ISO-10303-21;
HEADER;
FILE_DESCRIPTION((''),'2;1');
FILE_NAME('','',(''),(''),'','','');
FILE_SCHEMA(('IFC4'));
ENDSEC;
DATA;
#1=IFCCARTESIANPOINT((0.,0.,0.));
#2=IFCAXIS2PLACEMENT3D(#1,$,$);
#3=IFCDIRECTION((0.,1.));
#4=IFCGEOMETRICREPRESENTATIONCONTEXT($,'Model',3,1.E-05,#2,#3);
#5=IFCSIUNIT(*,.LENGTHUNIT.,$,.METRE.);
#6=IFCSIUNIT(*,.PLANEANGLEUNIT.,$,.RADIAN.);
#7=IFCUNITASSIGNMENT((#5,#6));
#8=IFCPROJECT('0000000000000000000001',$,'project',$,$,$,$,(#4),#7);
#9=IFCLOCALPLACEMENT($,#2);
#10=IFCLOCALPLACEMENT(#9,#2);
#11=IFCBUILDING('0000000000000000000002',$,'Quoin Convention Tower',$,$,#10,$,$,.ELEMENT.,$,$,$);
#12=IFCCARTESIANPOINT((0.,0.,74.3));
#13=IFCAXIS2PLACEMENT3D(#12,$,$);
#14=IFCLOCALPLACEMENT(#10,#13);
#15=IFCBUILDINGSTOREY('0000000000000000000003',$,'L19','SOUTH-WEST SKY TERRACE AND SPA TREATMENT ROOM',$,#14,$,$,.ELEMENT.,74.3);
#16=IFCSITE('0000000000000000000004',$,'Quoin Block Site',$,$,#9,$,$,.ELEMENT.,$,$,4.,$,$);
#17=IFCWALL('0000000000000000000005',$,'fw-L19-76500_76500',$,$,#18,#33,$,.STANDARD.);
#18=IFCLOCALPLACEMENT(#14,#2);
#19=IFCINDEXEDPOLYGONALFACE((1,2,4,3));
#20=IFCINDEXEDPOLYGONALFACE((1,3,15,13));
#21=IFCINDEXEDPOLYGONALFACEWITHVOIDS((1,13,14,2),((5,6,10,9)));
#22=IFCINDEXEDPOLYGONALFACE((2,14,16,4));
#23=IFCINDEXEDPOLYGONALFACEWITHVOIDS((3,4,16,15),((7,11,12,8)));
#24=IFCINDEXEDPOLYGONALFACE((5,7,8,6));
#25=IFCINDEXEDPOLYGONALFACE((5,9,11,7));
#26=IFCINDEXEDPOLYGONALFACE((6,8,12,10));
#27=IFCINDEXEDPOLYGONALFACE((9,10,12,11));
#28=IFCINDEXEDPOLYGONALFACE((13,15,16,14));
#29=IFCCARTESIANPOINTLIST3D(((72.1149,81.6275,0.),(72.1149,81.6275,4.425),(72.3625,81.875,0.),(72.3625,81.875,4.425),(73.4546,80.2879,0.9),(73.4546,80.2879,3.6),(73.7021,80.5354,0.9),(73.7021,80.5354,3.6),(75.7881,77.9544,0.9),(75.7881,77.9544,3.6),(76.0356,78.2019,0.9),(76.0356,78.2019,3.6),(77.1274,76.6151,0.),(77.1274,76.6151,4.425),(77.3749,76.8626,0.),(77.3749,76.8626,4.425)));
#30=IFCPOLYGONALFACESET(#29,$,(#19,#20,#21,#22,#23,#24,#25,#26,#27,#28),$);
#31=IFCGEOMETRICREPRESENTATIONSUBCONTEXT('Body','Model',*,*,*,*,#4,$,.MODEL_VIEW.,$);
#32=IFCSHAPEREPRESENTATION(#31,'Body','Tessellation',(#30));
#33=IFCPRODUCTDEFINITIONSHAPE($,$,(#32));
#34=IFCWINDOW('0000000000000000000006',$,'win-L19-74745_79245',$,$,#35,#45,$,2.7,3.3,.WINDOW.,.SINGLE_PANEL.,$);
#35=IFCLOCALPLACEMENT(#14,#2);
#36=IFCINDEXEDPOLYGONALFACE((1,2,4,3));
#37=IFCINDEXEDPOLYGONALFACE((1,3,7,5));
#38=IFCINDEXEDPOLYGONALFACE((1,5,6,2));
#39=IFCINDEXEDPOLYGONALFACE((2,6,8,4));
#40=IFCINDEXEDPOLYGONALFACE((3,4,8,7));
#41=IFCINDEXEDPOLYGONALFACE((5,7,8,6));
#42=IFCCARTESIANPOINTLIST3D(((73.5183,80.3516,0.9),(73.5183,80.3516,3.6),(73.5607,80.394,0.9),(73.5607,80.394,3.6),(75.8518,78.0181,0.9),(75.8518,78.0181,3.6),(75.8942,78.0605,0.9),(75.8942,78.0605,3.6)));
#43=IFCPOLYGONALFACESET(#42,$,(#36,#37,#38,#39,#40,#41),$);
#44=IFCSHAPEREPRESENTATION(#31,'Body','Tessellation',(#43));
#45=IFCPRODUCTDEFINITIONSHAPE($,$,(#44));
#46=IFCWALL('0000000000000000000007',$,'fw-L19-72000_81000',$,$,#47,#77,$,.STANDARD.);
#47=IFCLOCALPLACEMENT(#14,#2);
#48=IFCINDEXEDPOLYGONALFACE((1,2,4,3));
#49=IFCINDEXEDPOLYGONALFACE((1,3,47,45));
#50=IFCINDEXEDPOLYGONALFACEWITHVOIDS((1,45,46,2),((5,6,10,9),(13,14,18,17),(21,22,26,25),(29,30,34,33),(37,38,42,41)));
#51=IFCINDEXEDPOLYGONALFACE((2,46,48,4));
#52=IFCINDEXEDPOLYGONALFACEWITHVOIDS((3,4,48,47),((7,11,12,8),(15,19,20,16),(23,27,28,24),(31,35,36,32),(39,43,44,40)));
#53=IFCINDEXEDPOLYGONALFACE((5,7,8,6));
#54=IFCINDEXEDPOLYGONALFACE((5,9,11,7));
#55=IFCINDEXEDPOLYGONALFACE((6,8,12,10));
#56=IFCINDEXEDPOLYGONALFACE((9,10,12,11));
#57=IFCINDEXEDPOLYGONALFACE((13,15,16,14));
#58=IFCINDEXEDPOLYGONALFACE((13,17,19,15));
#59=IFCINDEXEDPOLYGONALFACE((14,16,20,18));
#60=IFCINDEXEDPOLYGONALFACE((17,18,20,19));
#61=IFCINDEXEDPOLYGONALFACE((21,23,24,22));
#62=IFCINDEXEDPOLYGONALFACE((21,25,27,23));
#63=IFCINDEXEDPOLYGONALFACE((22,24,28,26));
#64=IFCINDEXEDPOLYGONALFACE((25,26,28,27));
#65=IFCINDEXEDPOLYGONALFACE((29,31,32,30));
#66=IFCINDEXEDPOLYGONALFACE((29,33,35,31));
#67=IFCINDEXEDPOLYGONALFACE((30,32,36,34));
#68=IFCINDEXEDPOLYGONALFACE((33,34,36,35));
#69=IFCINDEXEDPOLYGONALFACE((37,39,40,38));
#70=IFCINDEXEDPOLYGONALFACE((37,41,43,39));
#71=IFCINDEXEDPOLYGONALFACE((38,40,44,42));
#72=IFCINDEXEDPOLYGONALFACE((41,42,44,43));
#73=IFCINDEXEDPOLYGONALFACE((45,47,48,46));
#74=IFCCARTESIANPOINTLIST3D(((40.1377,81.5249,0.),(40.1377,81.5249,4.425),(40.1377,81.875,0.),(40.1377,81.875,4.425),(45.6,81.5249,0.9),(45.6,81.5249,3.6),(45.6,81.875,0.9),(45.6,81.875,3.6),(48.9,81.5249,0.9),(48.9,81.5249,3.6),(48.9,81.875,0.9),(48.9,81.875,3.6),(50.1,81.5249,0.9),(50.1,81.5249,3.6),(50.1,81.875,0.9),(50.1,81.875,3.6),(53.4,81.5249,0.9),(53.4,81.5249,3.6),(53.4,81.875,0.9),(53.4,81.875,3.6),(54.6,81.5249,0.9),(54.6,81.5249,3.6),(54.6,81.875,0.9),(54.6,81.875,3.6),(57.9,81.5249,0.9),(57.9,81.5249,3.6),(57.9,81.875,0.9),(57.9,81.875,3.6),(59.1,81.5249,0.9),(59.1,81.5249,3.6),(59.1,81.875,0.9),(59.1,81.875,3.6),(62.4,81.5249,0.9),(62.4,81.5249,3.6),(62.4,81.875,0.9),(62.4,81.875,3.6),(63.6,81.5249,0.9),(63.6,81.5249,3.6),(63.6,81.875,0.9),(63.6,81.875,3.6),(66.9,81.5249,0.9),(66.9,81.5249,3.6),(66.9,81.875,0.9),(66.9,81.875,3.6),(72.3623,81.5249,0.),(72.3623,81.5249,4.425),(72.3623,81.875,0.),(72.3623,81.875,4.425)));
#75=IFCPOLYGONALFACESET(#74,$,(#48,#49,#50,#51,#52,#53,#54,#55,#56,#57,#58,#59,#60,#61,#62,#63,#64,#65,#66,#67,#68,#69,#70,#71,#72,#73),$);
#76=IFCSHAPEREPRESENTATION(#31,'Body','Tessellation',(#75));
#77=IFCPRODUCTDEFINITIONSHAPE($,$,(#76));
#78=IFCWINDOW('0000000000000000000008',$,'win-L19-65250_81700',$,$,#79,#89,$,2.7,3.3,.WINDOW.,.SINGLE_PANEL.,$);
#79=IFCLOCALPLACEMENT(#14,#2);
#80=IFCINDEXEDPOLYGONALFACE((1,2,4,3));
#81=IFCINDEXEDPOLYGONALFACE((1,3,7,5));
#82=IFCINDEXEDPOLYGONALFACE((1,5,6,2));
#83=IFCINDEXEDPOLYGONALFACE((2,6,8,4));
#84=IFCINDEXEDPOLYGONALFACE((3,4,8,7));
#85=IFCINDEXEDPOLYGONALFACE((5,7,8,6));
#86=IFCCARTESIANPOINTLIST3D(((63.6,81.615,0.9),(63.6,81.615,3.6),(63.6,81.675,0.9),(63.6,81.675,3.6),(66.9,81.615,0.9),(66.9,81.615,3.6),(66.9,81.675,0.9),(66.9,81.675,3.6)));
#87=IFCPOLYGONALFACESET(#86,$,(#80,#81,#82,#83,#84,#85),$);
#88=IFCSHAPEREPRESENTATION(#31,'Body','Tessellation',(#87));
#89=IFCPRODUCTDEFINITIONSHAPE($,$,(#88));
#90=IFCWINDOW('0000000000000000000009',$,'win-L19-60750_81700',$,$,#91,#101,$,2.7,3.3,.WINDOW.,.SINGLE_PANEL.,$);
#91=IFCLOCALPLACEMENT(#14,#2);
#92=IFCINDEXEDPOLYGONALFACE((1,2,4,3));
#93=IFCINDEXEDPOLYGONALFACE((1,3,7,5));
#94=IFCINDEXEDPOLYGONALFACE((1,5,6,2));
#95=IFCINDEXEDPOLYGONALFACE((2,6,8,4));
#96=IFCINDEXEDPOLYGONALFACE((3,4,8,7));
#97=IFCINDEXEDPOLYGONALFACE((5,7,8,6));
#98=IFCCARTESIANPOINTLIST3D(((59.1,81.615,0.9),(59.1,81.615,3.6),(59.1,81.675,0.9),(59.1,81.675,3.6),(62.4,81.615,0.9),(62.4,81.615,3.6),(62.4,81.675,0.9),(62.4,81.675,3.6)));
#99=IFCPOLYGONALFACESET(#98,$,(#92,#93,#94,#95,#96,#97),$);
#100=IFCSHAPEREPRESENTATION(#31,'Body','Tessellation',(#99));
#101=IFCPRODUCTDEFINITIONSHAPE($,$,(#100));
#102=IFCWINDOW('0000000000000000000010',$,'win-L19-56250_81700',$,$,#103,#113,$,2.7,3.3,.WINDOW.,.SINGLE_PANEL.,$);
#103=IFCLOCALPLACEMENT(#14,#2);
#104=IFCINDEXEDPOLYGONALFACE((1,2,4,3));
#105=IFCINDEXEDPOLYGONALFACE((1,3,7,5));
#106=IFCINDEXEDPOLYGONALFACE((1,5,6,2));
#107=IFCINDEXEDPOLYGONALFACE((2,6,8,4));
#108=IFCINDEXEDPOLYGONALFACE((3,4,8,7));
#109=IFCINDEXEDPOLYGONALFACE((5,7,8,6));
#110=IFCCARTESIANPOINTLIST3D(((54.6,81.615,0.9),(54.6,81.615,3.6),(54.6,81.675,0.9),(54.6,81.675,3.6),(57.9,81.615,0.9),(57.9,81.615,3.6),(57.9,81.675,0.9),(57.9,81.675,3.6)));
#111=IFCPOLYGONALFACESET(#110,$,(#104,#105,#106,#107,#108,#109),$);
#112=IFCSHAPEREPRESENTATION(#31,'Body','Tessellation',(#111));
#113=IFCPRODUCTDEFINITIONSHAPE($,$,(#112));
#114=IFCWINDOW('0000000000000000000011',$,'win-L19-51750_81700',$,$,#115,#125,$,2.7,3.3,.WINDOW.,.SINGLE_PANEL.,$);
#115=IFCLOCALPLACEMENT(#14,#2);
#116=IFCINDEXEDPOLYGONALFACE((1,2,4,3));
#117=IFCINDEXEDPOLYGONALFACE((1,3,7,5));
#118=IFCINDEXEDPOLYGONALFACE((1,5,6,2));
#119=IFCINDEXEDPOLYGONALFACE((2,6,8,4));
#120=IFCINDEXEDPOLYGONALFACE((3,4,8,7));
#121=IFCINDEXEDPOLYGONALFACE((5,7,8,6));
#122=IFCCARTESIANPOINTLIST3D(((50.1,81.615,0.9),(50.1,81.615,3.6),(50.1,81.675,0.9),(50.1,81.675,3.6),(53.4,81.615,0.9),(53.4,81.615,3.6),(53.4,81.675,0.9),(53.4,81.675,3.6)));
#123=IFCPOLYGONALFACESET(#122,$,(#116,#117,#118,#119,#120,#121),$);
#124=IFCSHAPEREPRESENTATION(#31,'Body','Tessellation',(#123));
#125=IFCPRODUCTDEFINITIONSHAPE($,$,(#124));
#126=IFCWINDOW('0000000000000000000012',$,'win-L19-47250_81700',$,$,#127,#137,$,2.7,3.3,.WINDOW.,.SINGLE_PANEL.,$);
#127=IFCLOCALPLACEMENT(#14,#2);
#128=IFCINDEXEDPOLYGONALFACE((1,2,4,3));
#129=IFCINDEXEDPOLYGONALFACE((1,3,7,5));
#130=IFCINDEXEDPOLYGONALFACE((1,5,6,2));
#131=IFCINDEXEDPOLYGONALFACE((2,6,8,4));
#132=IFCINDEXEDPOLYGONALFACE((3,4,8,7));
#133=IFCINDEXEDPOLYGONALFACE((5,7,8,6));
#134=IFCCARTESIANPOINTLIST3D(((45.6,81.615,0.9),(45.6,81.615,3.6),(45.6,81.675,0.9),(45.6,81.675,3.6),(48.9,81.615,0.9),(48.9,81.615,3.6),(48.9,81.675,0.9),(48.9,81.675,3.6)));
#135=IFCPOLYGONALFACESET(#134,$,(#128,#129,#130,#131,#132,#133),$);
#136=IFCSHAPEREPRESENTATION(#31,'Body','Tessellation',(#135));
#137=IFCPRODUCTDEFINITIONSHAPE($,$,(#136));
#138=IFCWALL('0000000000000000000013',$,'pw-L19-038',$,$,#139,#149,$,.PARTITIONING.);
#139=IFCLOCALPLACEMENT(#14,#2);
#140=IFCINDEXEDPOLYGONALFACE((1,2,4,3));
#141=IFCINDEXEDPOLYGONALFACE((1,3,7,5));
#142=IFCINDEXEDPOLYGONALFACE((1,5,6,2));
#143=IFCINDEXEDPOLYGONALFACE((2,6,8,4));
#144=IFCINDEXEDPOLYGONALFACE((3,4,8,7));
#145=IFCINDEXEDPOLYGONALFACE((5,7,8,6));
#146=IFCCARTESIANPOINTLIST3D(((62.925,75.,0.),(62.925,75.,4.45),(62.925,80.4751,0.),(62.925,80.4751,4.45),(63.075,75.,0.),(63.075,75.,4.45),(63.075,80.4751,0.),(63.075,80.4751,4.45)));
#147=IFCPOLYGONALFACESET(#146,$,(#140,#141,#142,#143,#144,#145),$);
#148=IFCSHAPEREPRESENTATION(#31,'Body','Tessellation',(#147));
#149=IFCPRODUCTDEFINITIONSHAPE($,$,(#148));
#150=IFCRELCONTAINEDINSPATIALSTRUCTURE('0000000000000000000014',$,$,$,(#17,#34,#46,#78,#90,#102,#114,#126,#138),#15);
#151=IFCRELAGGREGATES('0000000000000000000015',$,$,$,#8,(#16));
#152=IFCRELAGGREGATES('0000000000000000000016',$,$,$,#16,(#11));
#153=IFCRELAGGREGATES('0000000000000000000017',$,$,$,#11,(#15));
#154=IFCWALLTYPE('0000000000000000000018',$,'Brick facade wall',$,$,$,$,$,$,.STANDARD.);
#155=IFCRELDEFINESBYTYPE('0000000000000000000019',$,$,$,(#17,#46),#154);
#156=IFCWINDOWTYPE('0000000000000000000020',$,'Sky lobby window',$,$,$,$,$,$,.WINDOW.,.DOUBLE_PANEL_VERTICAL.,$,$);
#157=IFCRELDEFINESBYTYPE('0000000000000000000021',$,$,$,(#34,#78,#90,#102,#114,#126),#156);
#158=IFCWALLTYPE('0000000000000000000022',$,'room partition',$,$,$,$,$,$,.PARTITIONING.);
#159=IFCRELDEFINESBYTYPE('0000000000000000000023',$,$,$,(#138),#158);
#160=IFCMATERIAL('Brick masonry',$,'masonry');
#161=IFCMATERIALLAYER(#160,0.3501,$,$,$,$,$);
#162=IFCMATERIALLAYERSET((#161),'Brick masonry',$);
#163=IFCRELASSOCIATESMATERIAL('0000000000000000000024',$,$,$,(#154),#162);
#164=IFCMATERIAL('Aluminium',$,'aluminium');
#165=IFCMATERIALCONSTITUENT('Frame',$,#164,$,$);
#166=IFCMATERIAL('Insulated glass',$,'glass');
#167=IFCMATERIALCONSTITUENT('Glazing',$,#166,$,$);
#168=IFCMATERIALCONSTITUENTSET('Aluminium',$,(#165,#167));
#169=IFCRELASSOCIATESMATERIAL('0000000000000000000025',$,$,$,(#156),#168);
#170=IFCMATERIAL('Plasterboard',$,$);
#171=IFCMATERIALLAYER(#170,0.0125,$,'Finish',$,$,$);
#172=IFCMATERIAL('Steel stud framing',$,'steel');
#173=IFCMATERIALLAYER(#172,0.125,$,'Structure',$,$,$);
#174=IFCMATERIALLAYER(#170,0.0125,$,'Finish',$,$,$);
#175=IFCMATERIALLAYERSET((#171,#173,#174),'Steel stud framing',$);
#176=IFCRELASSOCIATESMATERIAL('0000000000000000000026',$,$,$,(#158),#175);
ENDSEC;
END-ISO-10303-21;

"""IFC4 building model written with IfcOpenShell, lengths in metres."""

from ifc_helpers import new_model, si_unit, direction, frame, frame_2d, origin, place, context, subcontext, project, spatial, rectangle, extrude, material, layer, layer_set, constituent, constituent_set, type_object, element, fill, save


model = new_model("IFC4")

# Units and contexts
model_context = context("Model", 3, precision=1e-05, world=origin(), true_north=direction((0.0, 1.0)))
body_context = subcontext(model_context, "Body", "Model", "MODEL_VIEW")
ifc_project = project(units=[si_unit("LENGTHUNIT", "METRE"), si_unit("PLANEANGLEUNIT", "RADIAN")], contexts=[model_context])

# Site, building, storey
site_placement = place(None, origin())
site = spatial("IfcSite", under=ifc_project, at=site_placement, Name="Quoin Block Site", CompositionType="ELEMENT", RefElevation=4.0)
building_placement = place(site_placement, origin())
building = spatial("IfcBuilding", under=site, at=building_placement, Name="Quoin Convention Tower", CompositionType="ELEMENT")
storey_placement = place(building_placement, frame((0.0, 0.0, 74.3)))
storey = spatial("IfcBuildingStorey", under=building, at=storey_placement, Name="L19", Description="SOUTH-WEST SKY TERRACE AND SPA TREATMENT ROOM", CompositionType="ELEMENT", Elevation=74.3)

# Wall, opening, window
ifc_material_1 = material(Name="Brick masonry", Category="masonry")
ifc_layer_1 = layer(ifc_material_1, 0.3501)
ifc_layer_set_1 = layer_set([ifc_layer_1], Name="Brick masonry")
wall_type_1 = type_object("IfcWallType", Name="Brick facade wall", PredefinedType="STANDARD", material=ifc_layer_set_1)
wall_1_placement = place(storey_placement, frame((77.2512, 76.7388, 0.0), z_axis=(0.0, 0.0, 1.0), x_axis=(-0.707107, 0.707107, 0.0)))
wall_1 = element("IfcWall", 1, at=wall_1_placement, inside=storey, type_object=wall_type_1, Name="fw-L19-76500_76500", PredefinedType="STANDARD", context=body_context, shape_type="SweptSolid", body=[
    extrude(rectangle(XDim=7.0886, YDim=0.3501, at=frame_2d((3.5444, 0.0))), origin(), (0.0, 0.0, 1.0), 4.425),
])
opening_1_placement = place(wall_1_placement, frame((1.8943, 0.0, 0.8999)))
opening_1 = element("IfcOpeningElement", 2, at=opening_1_placement, cuts=wall_1, PredefinedType="OPENING", context=body_context, shape_type="SweptSolid", body=[
    extrude(rectangle(XDim=3.3, YDim=2.7, at=frame_2d((1.6499, 1.3501))), frame((0.0, 0.1851, 0.0), z_axis=(0.0, -1.0, 0.0), x_axis=(1.0, 0.0, 0.0)), (0.0, 0.0, 1.0), 0.3701),
])
ifc_material_2 = material(Name="Aluminium", Category="aluminium")
ifc_constituent_1 = constituent(ifc_material_2, Name="Frame")
ifc_material_3 = material(Name="Insulated glass", Category="glass")
ifc_constituent_2 = constituent(ifc_material_3, Name="Glazing")
ifc_constituent_set = constituent_set(constituents=[ifc_constituent_1, ifc_constituent_2], Name="Aluminium")
window_type = type_object("IfcWindowType", Name="Sky lobby window", PartitioningType="DOUBLE_PANEL_VERTICAL", PredefinedType="WINDOW", material=ifc_constituent_set)
window_1_placement = place(opening_1_placement, origin())
window_1 = element("IfcWindow", 3, at=window_1_placement, inside=storey, type_object=window_type, Name="win-L19-74745_79245", OverallHeight=2.7, OverallWidth=3.3, PartitioningType="SINGLE_PANEL", PredefinedType="WINDOW", context=body_context, shape_type="SweptSolid", body=[
    extrude(rectangle(XDim=3.3, YDim=2.7, at=frame_2d((1.6499, 1.3501))), frame((0.0, 0.085, 0.0), z_axis=(0.0, -1.0, 0.0), x_axis=(1.0, 0.0, 0.0)), (0.0, 0.0, 1.0), 0.0601),
])
fill(opening_1, window_1)

# Wall, openings, windows
wall_2_placement = place(storey_placement, frame((72.3623, 81.7, 0.0), z_axis=(0.0, 0.0, 1.0), x_axis=(-1.0, 0.0, 0.0)))
wall_2 = element("IfcWall", 4, at=wall_2_placement, inside=storey, type_object=wall_type_1, Name="fw-L19-72000_81000", PredefinedType="STANDARD", context=body_context, shape_type="SweptSolid", body=[
    extrude(rectangle(XDim=32.2246, YDim=0.3501, at=frame_2d((16.1123, 0.0))), origin(), (0.0, 0.0, 1.0), 4.425),
])
opening_2_placement = place(wall_2_placement, frame((5.4624, 0.0, 0.8999)))
opening_2 = element("IfcOpeningElement", 5, at=opening_2_placement, cuts=wall_2, PredefinedType="OPENING", context=body_context, shape_type="SweptSolid", body=[
    extrude(rectangle(XDim=3.3, YDim=2.7, at=frame_2d((1.6499, 1.3501))), frame((0.0, 0.1851, 0.0), z_axis=(0.0, -1.0, 0.0), x_axis=(1.0, 0.0, 0.0)), (0.0, 0.0, 1.0), 0.3701),
])
opening_3_placement = place(wall_2_placement, frame((9.9624, 0.0, 0.8999)))
opening_3 = element("IfcOpeningElement", 6, at=opening_3_placement, cuts=wall_2, PredefinedType="OPENING", context=body_context, shape_type="SweptSolid", body=[
    extrude(rectangle(XDim=3.3, YDim=2.7, at=frame_2d((1.6499, 1.3501))), frame((0.0, 0.1851, 0.0), z_axis=(0.0, -1.0, 0.0), x_axis=(1.0, 0.0, 0.0)), (0.0, 0.0, 1.0), 0.3701),
])
opening_4_placement = place(wall_2_placement, frame((14.4624, 0.0, 0.8999)))
opening_4 = element("IfcOpeningElement", 7, at=opening_4_placement, cuts=wall_2, PredefinedType="OPENING", context=body_context, shape_type="SweptSolid", body=[
    extrude(rectangle(XDim=3.3, YDim=2.7, at=frame_2d((1.6499, 1.3501))), frame((0.0, 0.1851, 0.0), z_axis=(0.0, -1.0, 0.0), x_axis=(1.0, 0.0, 0.0)), (0.0, 0.0, 1.0), 0.3701),
])
opening_5_placement = place(wall_2_placement, frame((18.9624, 0.0, 0.8999)))
opening_5 = element("IfcOpeningElement", 8, at=opening_5_placement, cuts=wall_2, PredefinedType="OPENING", context=body_context, shape_type="SweptSolid", body=[
    extrude(rectangle(XDim=3.3, YDim=2.7, at=frame_2d((1.6499, 1.3501))), frame((0.0, 0.1851, 0.0), z_axis=(0.0, -1.0, 0.0), x_axis=(1.0, 0.0, 0.0)), (0.0, 0.0, 1.0), 0.3701),
])
opening_6_placement = place(wall_2_placement, frame((23.4624, 0.0, 0.8999)))
opening_6 = element("IfcOpeningElement", 9, at=opening_6_placement, cuts=wall_2, PredefinedType="OPENING", context=body_context, shape_type="SweptSolid", body=[
    extrude(rectangle(XDim=3.3, YDim=2.7, at=frame_2d((1.6499, 1.3501))), frame((0.0, 0.1851, 0.0), z_axis=(0.0, -1.0, 0.0), x_axis=(1.0, 0.0, 0.0)), (0.0, 0.0, 1.0), 0.3701),
])
window_2_placement = place(opening_2_placement, origin())
window_2 = element("IfcWindow", 10, at=window_2_placement, inside=storey, type_object=window_type, Name="win-L19-65250_81700", OverallHeight=2.7, OverallWidth=3.3, PartitioningType="SINGLE_PANEL", PredefinedType="WINDOW", context=body_context, shape_type="SweptSolid", body=[
    extrude(rectangle(XDim=3.3, YDim=2.7, at=frame_2d((1.6499, 1.3501))), frame((0.0, 0.085, 0.0), z_axis=(0.0, -1.0, 0.0), x_axis=(1.0, 0.0, 0.0)), (0.0, 0.0, 1.0), 0.0601),
])
fill(opening_2, window_2)
window_3_placement = place(opening_3_placement, origin())
window_3 = element("IfcWindow", 11, at=window_3_placement, inside=storey, type_object=window_type, Name="win-L19-60750_81700", OverallHeight=2.7, OverallWidth=3.3, PartitioningType="SINGLE_PANEL", PredefinedType="WINDOW", context=body_context, shape_type="SweptSolid", body=[
    extrude(rectangle(XDim=3.3, YDim=2.7, at=frame_2d((1.6499, 1.3501))), frame((0.0, 0.085, 0.0), z_axis=(0.0, -1.0, 0.0), x_axis=(1.0, 0.0, 0.0)), (0.0, 0.0, 1.0), 0.0601),
])
fill(opening_3, window_3)
window_4_placement = place(opening_4_placement, origin())
window_4 = element("IfcWindow", 12, at=window_4_placement, inside=storey, type_object=window_type, Name="win-L19-56250_81700", OverallHeight=2.7, OverallWidth=3.3, PartitioningType="SINGLE_PANEL", PredefinedType="WINDOW", context=body_context, shape_type="SweptSolid", body=[
    extrude(rectangle(XDim=3.3, YDim=2.7, at=frame_2d((1.6499, 1.3501))), frame((0.0, 0.085, 0.0), z_axis=(0.0, -1.0, 0.0), x_axis=(1.0, 0.0, 0.0)), (0.0, 0.0, 1.0), 0.0601),
])
fill(opening_4, window_4)
window_5_placement = place(opening_5_placement, origin())
window_5 = element("IfcWindow", 13, at=window_5_placement, inside=storey, type_object=window_type, Name="win-L19-51750_81700", OverallHeight=2.7, OverallWidth=3.3, PartitioningType="SINGLE_PANEL", PredefinedType="WINDOW", context=body_context, shape_type="SweptSolid", body=[
    extrude(rectangle(XDim=3.3, YDim=2.7, at=frame_2d((1.6499, 1.3501))), frame((0.0, 0.085, 0.0), z_axis=(0.0, -1.0, 0.0), x_axis=(1.0, 0.0, 0.0)), (0.0, 0.0, 1.0), 0.0601),
])
fill(opening_5, window_5)
window_6_placement = place(opening_6_placement, origin())
window_6 = element("IfcWindow", 14, at=window_6_placement, inside=storey, type_object=window_type, Name="win-L19-47250_81700", OverallHeight=2.7, OverallWidth=3.3, PartitioningType="SINGLE_PANEL", PredefinedType="WINDOW", context=body_context, shape_type="SweptSolid", body=[
    extrude(rectangle(XDim=3.3, YDim=2.7, at=frame_2d((1.6499, 1.3501))), frame((0.0, 0.085, 0.0), z_axis=(0.0, -1.0, 0.0), x_axis=(1.0, 0.0, 0.0)), (0.0, 0.0, 1.0), 0.0601),
])
fill(opening_6, window_6)

# Wall
ifc_material_4 = material(Name="Plasterboard")
ifc_layer_2 = layer(ifc_material_4, 0.0125, Name="Finish")
ifc_material_5 = material(Name="Steel stud framing", Category="steel")
ifc_layer_3 = layer(ifc_material_5, 0.125, Name="Structure")
ifc_layer_4 = layer(ifc_material_4, 0.0125, Name="Finish")
ifc_layer_set_2 = layer_set([ifc_layer_2, ifc_layer_3, ifc_layer_4], Name="Steel stud framing")
wall_type_2 = type_object("IfcWallType", Name="room partition", PredefinedType="PARTITIONING", material=ifc_layer_set_2)
wall_3_placement = place(storey_placement, frame((63.0, 75.0, 0.0), z_axis=(0.0, 0.0, 1.0), x_axis=(0.0, 1.0, 0.0)))
element("IfcWall", 15, at=wall_3_placement, inside=storey, type_object=wall_type_2, Name="pw-L19-038", PredefinedType="PARTITIONING", context=body_context, shape_type="SweptSolid", body=[
    extrude(rectangle(XDim=5.4751, YDim=0.1499, at=frame_2d((2.7375, 0.0))), origin(), (0.0, 0.0, 1.0), 4.45),
])

save(model, "model.ifc")
